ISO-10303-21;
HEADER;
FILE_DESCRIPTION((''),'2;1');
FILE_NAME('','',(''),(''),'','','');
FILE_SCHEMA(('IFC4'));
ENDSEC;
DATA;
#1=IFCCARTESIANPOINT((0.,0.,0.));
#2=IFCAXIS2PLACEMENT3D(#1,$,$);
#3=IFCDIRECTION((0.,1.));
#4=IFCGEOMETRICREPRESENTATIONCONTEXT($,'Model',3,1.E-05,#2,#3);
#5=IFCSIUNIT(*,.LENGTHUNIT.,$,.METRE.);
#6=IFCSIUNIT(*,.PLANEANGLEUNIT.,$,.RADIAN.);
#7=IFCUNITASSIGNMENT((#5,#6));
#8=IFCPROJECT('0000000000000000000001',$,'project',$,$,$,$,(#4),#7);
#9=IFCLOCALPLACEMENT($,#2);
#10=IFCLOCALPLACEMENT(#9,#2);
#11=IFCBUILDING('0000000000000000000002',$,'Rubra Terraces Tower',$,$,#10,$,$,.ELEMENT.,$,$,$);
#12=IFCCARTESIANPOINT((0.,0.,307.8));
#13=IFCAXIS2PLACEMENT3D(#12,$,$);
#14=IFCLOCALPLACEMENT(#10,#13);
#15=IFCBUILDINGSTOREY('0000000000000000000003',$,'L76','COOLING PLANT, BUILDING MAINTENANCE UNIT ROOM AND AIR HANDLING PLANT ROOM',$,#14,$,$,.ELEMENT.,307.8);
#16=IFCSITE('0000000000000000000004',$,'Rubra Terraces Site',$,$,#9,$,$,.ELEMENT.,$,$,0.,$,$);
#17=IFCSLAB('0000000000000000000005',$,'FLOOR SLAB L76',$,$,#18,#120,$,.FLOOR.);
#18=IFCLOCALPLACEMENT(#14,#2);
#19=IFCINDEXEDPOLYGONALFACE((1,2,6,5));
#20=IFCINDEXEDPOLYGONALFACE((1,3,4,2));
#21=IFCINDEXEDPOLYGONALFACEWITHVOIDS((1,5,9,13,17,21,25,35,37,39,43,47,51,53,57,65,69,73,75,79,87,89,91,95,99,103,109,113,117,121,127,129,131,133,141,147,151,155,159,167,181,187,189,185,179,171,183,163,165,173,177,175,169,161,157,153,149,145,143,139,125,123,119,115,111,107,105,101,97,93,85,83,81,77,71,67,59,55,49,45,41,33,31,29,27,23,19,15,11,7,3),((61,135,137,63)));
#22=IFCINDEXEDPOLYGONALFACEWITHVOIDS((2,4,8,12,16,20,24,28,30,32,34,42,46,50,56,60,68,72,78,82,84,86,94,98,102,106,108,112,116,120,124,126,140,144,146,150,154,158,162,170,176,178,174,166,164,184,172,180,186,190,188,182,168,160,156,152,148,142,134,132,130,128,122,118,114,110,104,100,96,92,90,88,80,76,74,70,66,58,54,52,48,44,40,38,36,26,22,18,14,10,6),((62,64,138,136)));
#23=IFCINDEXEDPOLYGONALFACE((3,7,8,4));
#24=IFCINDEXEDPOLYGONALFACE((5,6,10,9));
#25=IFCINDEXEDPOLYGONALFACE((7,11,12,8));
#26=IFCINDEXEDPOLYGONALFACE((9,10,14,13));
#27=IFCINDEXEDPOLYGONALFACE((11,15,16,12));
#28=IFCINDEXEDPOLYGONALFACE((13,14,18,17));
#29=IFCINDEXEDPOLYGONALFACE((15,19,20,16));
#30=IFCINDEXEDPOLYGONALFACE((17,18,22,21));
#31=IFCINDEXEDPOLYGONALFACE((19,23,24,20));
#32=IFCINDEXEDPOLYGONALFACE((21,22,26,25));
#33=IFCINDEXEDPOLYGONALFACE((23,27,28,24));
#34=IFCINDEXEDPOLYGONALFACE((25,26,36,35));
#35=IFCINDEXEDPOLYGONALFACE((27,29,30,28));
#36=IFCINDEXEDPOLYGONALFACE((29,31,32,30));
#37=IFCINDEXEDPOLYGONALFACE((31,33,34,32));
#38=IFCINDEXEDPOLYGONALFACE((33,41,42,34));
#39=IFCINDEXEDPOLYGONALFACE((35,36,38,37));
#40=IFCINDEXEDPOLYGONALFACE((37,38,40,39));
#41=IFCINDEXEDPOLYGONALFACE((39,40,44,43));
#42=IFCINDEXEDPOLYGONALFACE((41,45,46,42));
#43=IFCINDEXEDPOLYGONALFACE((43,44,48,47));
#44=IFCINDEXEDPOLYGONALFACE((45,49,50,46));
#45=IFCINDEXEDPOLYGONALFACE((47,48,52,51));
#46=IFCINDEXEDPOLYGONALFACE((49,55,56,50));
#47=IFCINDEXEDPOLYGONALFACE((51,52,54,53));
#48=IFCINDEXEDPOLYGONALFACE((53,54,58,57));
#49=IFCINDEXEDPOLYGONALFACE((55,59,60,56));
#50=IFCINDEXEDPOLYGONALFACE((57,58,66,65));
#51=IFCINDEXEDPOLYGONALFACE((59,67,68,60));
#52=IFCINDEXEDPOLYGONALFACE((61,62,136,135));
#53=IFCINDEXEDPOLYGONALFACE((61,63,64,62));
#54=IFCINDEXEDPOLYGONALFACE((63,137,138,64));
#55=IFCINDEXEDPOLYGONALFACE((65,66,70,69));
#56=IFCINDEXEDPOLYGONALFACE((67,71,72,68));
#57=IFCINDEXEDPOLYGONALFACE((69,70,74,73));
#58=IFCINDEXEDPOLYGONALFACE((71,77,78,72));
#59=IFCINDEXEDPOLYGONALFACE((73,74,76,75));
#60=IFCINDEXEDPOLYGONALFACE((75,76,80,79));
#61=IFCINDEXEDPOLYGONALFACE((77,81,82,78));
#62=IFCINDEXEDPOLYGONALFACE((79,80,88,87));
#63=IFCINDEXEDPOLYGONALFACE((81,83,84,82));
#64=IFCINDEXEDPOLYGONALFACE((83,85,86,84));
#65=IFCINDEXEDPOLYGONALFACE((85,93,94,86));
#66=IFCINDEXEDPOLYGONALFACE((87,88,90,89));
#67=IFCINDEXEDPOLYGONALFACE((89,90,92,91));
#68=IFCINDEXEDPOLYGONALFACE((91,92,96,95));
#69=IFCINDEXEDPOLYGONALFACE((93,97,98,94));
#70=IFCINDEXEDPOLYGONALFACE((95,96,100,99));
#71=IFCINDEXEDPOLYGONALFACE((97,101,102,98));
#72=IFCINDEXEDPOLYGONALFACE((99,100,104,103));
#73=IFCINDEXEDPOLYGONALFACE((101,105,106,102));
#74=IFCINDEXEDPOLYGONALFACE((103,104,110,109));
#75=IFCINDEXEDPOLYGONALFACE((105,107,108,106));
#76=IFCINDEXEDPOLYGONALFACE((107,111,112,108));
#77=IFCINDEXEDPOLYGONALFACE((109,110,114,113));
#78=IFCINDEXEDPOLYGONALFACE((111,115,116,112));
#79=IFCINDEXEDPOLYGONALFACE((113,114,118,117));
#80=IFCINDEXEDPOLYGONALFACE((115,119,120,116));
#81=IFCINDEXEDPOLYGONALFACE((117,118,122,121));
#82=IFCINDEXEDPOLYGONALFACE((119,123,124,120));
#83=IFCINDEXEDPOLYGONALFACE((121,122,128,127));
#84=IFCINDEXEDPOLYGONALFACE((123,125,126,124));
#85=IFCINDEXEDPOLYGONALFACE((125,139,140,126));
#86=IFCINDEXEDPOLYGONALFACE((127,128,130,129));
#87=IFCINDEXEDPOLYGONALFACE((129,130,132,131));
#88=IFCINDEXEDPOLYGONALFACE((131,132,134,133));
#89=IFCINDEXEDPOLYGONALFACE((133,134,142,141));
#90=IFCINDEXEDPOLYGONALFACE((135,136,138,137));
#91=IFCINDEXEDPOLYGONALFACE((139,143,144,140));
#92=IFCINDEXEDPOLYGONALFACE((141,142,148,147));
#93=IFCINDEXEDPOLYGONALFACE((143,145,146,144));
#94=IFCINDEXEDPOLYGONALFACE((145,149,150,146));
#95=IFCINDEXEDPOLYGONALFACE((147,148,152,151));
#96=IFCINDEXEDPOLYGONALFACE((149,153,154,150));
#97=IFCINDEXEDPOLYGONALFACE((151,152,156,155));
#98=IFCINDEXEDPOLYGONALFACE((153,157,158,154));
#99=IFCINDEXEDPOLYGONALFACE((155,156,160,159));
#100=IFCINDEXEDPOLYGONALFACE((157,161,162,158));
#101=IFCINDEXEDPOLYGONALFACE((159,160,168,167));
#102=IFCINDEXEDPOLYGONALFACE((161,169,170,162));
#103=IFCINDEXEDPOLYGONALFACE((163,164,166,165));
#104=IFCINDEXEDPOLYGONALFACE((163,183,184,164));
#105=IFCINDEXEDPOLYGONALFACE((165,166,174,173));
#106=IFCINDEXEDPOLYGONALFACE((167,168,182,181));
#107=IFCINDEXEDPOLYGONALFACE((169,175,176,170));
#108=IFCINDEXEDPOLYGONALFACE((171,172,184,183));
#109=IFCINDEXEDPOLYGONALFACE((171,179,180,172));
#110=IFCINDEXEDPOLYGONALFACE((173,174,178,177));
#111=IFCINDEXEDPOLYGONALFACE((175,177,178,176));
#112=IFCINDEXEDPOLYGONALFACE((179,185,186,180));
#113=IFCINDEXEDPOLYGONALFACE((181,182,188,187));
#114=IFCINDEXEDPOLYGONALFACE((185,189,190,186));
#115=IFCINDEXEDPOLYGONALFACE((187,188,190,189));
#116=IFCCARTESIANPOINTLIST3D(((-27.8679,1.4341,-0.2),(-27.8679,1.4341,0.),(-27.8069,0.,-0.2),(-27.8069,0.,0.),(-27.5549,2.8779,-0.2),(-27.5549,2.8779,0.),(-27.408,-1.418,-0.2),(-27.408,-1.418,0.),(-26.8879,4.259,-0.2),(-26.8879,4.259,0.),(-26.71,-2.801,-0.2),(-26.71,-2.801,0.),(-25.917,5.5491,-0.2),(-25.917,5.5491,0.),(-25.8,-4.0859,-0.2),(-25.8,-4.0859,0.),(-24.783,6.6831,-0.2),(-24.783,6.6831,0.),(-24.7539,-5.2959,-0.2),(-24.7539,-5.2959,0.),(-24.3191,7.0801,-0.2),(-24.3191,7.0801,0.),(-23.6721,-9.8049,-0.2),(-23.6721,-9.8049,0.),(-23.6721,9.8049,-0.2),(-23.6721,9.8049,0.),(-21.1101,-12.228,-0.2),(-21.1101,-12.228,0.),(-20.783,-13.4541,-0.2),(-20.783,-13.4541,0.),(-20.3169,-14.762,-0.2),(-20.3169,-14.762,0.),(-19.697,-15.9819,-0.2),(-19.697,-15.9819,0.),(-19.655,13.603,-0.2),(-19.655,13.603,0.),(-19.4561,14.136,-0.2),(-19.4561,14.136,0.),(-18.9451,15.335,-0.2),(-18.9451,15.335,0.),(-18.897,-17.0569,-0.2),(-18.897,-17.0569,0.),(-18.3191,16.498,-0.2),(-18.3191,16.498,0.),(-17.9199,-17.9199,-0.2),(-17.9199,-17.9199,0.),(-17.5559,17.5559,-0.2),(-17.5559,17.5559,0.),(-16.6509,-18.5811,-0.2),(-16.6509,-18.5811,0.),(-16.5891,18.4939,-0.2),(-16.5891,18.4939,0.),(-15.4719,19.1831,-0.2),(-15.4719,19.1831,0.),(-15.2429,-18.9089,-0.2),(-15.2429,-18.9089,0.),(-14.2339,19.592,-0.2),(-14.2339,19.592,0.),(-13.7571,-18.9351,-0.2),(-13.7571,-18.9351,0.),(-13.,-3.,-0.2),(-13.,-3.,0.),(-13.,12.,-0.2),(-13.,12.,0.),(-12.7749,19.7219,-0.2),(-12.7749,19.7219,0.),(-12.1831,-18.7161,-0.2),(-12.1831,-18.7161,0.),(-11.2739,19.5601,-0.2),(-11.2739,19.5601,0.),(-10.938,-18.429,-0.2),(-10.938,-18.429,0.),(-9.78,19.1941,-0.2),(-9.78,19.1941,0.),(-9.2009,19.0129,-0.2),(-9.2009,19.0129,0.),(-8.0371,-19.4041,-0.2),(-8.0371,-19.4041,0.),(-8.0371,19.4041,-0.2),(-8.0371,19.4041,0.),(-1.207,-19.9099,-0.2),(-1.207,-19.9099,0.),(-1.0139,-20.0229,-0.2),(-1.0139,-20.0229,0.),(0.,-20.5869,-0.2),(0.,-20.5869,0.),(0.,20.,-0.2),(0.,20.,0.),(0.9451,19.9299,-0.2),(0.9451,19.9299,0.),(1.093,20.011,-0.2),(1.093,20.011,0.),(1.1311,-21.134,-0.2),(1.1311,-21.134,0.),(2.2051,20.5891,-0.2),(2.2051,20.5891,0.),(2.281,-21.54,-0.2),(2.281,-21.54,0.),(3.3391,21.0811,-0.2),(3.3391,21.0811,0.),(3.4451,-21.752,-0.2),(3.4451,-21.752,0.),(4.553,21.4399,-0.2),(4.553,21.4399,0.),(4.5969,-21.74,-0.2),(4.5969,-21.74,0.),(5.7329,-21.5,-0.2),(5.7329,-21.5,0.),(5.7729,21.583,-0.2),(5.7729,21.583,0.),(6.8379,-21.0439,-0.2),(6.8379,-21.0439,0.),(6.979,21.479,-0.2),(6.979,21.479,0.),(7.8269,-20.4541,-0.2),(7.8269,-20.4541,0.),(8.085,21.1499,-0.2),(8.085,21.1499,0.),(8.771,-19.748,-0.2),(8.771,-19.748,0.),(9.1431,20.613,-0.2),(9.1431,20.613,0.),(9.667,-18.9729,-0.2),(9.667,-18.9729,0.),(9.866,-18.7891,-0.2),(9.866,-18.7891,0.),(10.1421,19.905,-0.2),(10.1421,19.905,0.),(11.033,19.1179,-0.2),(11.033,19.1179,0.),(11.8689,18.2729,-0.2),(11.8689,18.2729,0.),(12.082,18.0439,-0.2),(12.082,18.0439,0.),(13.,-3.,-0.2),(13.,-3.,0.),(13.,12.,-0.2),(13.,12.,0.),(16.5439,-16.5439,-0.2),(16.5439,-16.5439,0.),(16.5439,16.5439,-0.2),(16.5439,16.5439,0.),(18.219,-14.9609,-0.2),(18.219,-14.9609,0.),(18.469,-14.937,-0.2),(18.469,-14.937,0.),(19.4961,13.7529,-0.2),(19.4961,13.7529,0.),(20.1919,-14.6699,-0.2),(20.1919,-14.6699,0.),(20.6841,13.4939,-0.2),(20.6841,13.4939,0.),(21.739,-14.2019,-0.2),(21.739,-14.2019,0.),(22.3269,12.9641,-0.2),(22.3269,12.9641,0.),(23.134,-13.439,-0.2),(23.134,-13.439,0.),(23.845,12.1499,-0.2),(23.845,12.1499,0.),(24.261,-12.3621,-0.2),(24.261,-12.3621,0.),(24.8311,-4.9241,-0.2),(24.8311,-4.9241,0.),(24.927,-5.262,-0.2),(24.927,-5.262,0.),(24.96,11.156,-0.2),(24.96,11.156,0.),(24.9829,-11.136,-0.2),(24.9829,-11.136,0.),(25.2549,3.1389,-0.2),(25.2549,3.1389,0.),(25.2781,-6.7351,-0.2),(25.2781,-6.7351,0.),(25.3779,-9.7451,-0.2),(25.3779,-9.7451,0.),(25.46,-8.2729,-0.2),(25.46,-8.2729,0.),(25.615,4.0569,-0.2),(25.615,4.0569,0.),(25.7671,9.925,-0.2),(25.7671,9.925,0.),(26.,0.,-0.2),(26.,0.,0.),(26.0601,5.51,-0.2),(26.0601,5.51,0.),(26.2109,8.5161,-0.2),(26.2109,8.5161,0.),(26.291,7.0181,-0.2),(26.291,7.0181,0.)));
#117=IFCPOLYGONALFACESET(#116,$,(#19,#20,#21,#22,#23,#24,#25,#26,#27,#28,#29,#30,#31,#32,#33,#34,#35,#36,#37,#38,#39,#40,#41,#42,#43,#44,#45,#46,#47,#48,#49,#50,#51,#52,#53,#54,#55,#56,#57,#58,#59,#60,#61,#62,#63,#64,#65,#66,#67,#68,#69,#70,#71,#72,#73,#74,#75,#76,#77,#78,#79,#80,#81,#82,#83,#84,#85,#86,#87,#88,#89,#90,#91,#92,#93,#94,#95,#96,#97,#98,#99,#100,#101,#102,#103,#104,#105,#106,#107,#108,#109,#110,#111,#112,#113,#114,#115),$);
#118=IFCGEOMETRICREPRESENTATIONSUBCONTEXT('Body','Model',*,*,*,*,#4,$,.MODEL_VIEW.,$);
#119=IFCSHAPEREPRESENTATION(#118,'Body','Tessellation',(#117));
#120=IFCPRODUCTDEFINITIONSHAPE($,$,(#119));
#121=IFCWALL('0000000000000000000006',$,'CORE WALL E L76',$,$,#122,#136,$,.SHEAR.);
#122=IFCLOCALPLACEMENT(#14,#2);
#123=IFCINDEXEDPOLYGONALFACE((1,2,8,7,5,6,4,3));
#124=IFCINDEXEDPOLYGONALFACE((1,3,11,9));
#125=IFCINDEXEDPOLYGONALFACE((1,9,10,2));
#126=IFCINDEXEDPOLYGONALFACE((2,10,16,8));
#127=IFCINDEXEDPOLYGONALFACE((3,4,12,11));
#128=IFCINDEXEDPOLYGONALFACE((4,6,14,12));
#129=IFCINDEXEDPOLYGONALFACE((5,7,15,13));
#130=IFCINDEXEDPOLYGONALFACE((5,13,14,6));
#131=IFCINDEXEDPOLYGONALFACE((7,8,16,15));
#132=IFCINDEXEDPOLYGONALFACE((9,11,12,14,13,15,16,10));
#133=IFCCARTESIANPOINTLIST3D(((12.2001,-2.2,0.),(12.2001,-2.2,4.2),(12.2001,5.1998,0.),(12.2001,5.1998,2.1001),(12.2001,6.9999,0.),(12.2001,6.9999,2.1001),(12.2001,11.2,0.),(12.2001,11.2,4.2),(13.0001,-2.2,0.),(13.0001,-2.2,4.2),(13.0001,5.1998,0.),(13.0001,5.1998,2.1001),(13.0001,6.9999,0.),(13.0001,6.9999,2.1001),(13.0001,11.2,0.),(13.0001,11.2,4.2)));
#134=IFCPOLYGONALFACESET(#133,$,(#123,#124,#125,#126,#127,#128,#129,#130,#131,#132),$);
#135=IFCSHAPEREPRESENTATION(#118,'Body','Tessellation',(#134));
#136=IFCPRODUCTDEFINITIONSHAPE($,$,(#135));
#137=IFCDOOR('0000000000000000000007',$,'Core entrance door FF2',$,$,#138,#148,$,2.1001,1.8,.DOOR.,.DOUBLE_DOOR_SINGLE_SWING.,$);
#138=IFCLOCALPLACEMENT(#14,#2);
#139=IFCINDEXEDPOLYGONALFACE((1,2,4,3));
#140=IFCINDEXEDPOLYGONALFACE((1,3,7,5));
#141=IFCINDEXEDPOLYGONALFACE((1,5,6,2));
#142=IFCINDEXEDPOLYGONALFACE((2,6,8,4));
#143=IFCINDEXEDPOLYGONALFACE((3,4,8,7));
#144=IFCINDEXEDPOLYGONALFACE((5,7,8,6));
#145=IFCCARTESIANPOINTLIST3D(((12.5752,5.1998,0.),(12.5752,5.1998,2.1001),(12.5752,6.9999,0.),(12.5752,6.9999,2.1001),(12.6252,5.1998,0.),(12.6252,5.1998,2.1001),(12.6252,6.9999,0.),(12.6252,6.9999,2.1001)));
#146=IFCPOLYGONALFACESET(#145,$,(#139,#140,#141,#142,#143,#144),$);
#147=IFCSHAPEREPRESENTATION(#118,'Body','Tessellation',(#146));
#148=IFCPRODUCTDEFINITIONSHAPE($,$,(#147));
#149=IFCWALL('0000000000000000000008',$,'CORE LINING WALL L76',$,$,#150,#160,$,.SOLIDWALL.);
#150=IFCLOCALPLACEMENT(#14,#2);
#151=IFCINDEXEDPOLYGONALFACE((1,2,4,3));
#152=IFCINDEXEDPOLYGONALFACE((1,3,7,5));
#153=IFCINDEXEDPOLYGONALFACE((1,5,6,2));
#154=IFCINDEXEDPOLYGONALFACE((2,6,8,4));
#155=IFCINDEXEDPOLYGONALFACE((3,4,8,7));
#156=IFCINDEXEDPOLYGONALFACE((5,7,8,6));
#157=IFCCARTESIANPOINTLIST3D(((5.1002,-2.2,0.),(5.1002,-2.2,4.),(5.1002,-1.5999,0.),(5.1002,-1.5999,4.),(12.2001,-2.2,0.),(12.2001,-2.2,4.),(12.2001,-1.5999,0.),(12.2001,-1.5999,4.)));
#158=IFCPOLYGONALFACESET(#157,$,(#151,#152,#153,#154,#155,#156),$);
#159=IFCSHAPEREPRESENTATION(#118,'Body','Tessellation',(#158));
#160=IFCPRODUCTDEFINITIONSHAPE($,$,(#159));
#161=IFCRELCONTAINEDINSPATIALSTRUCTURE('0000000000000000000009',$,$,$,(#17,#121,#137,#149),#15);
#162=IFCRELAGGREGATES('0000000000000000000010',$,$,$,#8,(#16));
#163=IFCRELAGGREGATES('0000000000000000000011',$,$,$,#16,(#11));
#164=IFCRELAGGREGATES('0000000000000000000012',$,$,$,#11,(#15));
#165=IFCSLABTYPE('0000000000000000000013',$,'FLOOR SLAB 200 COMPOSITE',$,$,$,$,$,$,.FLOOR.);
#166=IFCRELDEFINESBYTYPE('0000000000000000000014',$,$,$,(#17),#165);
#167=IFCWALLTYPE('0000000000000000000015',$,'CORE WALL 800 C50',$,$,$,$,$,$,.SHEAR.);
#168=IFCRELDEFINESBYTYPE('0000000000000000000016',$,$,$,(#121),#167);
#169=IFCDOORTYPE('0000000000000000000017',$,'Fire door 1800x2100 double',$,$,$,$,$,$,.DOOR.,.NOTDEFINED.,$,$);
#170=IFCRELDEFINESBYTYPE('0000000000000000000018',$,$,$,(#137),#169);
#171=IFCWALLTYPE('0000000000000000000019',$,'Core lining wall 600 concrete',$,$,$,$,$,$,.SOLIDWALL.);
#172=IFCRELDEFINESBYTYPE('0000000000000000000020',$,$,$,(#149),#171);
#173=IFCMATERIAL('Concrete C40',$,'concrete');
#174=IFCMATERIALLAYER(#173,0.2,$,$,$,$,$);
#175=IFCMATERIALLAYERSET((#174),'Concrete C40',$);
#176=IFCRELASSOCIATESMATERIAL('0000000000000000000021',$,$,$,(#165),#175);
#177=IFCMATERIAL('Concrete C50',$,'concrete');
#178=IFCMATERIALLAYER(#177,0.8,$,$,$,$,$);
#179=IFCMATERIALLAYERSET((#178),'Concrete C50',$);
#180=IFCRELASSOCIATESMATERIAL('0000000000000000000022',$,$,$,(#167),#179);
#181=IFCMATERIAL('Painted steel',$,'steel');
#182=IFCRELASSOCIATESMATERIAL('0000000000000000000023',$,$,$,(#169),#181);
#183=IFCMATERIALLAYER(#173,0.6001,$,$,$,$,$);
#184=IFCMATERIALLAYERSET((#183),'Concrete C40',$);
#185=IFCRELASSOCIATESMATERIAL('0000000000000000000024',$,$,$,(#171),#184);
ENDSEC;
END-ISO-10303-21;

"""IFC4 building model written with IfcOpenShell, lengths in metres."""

from ifc_helpers import new_model, si_unit, direction, frame, frame_2d, origin, place, context, subcontext, project, spatial, polyline, rectangle, outline, extrude, material, layer, layer_set, type_object, element, fill, save


model = new_model("IFC4")

# Units and contexts
model_context = context("Model", 3, precision=1e-05, world=origin(), true_north=direction((0.0, 1.0)))
body_context = subcontext(model_context, "Body", "Model", "MODEL_VIEW")
ifc_project = project(units=[si_unit("LENGTHUNIT", "METRE"), si_unit("PLANEANGLEUNIT", "RADIAN")], contexts=[model_context])

# Site, building, storey
site_placement = place(None, origin())
site = spatial("IfcSite", under=ifc_project, at=site_placement, Name="Rubra Terraces Site", CompositionType="ELEMENT", RefElevation=0.0)
building_placement = place(site_placement, origin())
building = spatial("IfcBuilding", under=site, at=building_placement, Name="Rubra Terraces Tower", CompositionType="ELEMENT")
storey_placement = place(building_placement, frame((0.0, 0.0, 307.8)))
storey = spatial("IfcBuildingStorey", under=building, at=storey_placement, Name="L76", Description="COOLING PLANT, BUILDING MAINTENANCE UNIT ROOM AND AIR HANDLING PLANT ROOM", CompositionType="ELEMENT", Elevation=307.8)

# Shared definitions
ifc_material_1 = material(Name="Concrete C40", Category="concrete")

# Slab
ifc_layer_1 = layer(ifc_material_1, 0.2)
ifc_layer_set_1 = layer_set([ifc_layer_1], Name="Concrete C40")
slab_type_1 = type_object("IfcSlabType", Name="FLOOR SLAB 200 COMPOSITE", PredefinedType="FLOOR", material=ifc_layer_set_1)
slab_1_placement = place(storey_placement, frame((0.0, 0.0, -0.2)))
element("IfcSlab", 1, at=slab_1_placement, inside=storey, type_object=slab_type_1, Name="FLOOR SLAB L76", PredefinedType="FLOOR", context=body_context, shape_type="SweptSolid", body=[
    extrude(outline(polyline([(6.8379, -21.0439), (7.8269, -20.4541), (8.771, -19.748), (9.667, -18.9729), (9.866, -18.7891), (16.5439, -16.5439), (18.219, -14.9609), (18.469, -14.937), (20.1919, -14.6699), (21.739, -14.2019), (23.134, -13.439), (24.261, -12.3621), (24.9829, -11.136), (25.3779, -9.7451), (25.46, -8.2729), (25.2781, -6.7351), (24.927, -5.262), (24.8311, -4.9241), (26.0, 0.0), (25.2549, 3.1389), (25.615, 4.0569), (26.0601, 5.51), (26.291, 7.0181), (26.2109, 8.5161), (25.7671, 9.925), (24.96, 11.156), (23.845, 12.1499), (22.3269, 12.9641), (20.6841, 13.4939), (19.4961, 13.7529), (16.5439, 16.5439), (12.082, 18.0439), (11.8689, 18.2729), (11.033, 19.1179), (10.1421, 19.905), (9.1431, 20.613), (8.085, 21.1499), (6.979, 21.479), (5.7729, 21.583), (4.553, 21.4399), (3.3391, 21.0811), (2.2051, 20.5891), (1.093, 20.011), (0.9451, 19.9299), (0.0, 20.0), (-8.0371, 19.4041), (-9.2009, 19.0129), (-9.78, 19.1941), (-11.2739, 19.5601), (-12.7749, 19.7219), (-14.2339, 19.592), (-15.4719, 19.1831), (-16.5891, 18.4939), (-17.5559, 17.5559), (-18.3191, 16.498), (-18.9451, 15.335), (-19.4561, 14.136), (-19.655, 13.603), (-23.6721, 9.8049), (-24.3191, 7.0801), (-24.783, 6.6831), (-25.917, 5.5491), (-26.8879, 4.259), (-27.5549, 2.8779), (-27.8679, 1.4341), (-27.8069, 0.0), (-27.408, -1.418), (-26.71, -2.801), (-25.8, -4.0859), (-24.7539, -5.2959), (-23.6721, -9.8049), (-21.1101, -12.228), (-20.783, -13.4541), (-20.3169, -14.762), (-19.697, -15.9819), (-18.897, -17.0569), (-17.9199, -17.9199), (-16.6509, -18.5811), (-15.2429, -18.9089), (-13.7571, -18.9351), (-12.1831, -18.7161), (-10.938, -18.429), (-8.0371, -19.4041), (-1.207, -19.9099), (-1.0139, -20.0229), (0.0, -20.5869), (1.1311, -21.134), (2.281, -21.54), (3.4451, -21.752), (4.5969, -21.74), (5.7329, -21.5), (6.8379, -21.0439)]), holes=[polyline([(13.0, 12.0), (13.0, -3.0), (-13.0, -3.0), (-13.0, 12.0), (13.0, 12.0)])]), origin(), (0.0, 0.0, 1.0), 0.2),
])

# Wall, opening, door
ifc_material_2 = material(Name="Concrete C50", Category="concrete")
ifc_layer_2 = layer(ifc_material_2, 0.8)
ifc_layer_set_2 = layer_set([ifc_layer_2], Name="Concrete C50")
wall_type_1 = type_object("IfcWallType", Name="CORE WALL 800 C50", PredefinedType="SHEAR", material=ifc_layer_set_2)
wall_1_placement = place(storey_placement, frame((12.6001, -2.2, 0.0), z_axis=(0.0, 0.0, 1.0), x_axis=(0.0, 1.0, 0.0)))
wall_1 = element("IfcWall", 2, at=wall_1_placement, inside=storey, type_object=wall_type_1, Name="CORE WALL E L76", PredefinedType="SHEAR", context=body_context, shape_type="SweptSolid", body=[
    extrude(rectangle(XDim=13.3999, YDim=0.8, at=frame_2d((6.7, 0.0))), origin(), (0.0, 0.0, 1.0), 4.2),
])
opening_1_placement = place(wall_1_placement, frame((7.3999, 0.0, 0.0)))
opening_1 = element("IfcOpeningElement", 3, at=opening_1_placement, cuts=wall_1, PredefinedType="OPENING", context=body_context, shape_type="SweptSolid", body=[
    extrude(rectangle(XDim=1.8, YDim=2.1001, at=frame_2d((0.8999, 1.05))), frame((0.0, 0.4099, 0.0), z_axis=(0.0, -1.0, 0.0), x_axis=(1.0, 0.0, 0.0)), (0.0, 0.0, 1.0), 0.8201),
])
ifc_material_3 = material(Name="Painted steel", Category="steel")
door_type_1 = type_object("IfcDoorType", Name="Fire door 1800x2100 double", OperationType="NOTDEFINED", PredefinedType="DOOR", material=ifc_material_3)
door_1_placement = place(opening_1_placement, origin())
door_1 = element("IfcDoor", 4, at=door_1_placement, inside=storey, type_object=door_type_1, Name="Core entrance door FF2", OperationType="DOUBLE_DOOR_SINGLE_SWING", OverallHeight=2.1001, OverallWidth=1.8, PredefinedType="DOOR", context=body_context, shape_type="SweptSolid", body=[
    extrude(rectangle(XDim=1.8, YDim=2.1001, at=frame_2d((0.8999, 1.05))), frame((0.0, 0.0249, 0.0), z_axis=(0.0, -1.0, 0.0), x_axis=(1.0, 0.0, 0.0)), (0.0, 0.0, 1.0), 0.05),
])
fill(opening_1, door_1)

# Wall
ifc_layer_3 = layer(ifc_material_1, 0.6001)
ifc_layer_set_3 = layer_set([ifc_layer_3], Name="Concrete C40")
wall_type_2 = type_object("IfcWallType", Name="Core lining wall 600 concrete", PredefinedType="SOLIDWALL", material=ifc_layer_set_3)
wall_2_placement = place(storey_placement, frame((12.2, -1.8999, 0.0), z_axis=(0.0, 0.0, 1.0), x_axis=(-1.0, 0.0, 0.0)))
element("IfcWall", 5, at=wall_2_placement, inside=storey, type_object=wall_type_2, Name="CORE LINING WALL L76", PredefinedType="SOLIDWALL", context=body_context, shape_type="SweptSolid", body=[
    extrude(rectangle(XDim=7.0999, YDim=0.6001, at=frame_2d((3.5498, 0.0))), origin(), (0.0, 0.0, 1.0), 4.0),
])

save(model, "model.ifc")
